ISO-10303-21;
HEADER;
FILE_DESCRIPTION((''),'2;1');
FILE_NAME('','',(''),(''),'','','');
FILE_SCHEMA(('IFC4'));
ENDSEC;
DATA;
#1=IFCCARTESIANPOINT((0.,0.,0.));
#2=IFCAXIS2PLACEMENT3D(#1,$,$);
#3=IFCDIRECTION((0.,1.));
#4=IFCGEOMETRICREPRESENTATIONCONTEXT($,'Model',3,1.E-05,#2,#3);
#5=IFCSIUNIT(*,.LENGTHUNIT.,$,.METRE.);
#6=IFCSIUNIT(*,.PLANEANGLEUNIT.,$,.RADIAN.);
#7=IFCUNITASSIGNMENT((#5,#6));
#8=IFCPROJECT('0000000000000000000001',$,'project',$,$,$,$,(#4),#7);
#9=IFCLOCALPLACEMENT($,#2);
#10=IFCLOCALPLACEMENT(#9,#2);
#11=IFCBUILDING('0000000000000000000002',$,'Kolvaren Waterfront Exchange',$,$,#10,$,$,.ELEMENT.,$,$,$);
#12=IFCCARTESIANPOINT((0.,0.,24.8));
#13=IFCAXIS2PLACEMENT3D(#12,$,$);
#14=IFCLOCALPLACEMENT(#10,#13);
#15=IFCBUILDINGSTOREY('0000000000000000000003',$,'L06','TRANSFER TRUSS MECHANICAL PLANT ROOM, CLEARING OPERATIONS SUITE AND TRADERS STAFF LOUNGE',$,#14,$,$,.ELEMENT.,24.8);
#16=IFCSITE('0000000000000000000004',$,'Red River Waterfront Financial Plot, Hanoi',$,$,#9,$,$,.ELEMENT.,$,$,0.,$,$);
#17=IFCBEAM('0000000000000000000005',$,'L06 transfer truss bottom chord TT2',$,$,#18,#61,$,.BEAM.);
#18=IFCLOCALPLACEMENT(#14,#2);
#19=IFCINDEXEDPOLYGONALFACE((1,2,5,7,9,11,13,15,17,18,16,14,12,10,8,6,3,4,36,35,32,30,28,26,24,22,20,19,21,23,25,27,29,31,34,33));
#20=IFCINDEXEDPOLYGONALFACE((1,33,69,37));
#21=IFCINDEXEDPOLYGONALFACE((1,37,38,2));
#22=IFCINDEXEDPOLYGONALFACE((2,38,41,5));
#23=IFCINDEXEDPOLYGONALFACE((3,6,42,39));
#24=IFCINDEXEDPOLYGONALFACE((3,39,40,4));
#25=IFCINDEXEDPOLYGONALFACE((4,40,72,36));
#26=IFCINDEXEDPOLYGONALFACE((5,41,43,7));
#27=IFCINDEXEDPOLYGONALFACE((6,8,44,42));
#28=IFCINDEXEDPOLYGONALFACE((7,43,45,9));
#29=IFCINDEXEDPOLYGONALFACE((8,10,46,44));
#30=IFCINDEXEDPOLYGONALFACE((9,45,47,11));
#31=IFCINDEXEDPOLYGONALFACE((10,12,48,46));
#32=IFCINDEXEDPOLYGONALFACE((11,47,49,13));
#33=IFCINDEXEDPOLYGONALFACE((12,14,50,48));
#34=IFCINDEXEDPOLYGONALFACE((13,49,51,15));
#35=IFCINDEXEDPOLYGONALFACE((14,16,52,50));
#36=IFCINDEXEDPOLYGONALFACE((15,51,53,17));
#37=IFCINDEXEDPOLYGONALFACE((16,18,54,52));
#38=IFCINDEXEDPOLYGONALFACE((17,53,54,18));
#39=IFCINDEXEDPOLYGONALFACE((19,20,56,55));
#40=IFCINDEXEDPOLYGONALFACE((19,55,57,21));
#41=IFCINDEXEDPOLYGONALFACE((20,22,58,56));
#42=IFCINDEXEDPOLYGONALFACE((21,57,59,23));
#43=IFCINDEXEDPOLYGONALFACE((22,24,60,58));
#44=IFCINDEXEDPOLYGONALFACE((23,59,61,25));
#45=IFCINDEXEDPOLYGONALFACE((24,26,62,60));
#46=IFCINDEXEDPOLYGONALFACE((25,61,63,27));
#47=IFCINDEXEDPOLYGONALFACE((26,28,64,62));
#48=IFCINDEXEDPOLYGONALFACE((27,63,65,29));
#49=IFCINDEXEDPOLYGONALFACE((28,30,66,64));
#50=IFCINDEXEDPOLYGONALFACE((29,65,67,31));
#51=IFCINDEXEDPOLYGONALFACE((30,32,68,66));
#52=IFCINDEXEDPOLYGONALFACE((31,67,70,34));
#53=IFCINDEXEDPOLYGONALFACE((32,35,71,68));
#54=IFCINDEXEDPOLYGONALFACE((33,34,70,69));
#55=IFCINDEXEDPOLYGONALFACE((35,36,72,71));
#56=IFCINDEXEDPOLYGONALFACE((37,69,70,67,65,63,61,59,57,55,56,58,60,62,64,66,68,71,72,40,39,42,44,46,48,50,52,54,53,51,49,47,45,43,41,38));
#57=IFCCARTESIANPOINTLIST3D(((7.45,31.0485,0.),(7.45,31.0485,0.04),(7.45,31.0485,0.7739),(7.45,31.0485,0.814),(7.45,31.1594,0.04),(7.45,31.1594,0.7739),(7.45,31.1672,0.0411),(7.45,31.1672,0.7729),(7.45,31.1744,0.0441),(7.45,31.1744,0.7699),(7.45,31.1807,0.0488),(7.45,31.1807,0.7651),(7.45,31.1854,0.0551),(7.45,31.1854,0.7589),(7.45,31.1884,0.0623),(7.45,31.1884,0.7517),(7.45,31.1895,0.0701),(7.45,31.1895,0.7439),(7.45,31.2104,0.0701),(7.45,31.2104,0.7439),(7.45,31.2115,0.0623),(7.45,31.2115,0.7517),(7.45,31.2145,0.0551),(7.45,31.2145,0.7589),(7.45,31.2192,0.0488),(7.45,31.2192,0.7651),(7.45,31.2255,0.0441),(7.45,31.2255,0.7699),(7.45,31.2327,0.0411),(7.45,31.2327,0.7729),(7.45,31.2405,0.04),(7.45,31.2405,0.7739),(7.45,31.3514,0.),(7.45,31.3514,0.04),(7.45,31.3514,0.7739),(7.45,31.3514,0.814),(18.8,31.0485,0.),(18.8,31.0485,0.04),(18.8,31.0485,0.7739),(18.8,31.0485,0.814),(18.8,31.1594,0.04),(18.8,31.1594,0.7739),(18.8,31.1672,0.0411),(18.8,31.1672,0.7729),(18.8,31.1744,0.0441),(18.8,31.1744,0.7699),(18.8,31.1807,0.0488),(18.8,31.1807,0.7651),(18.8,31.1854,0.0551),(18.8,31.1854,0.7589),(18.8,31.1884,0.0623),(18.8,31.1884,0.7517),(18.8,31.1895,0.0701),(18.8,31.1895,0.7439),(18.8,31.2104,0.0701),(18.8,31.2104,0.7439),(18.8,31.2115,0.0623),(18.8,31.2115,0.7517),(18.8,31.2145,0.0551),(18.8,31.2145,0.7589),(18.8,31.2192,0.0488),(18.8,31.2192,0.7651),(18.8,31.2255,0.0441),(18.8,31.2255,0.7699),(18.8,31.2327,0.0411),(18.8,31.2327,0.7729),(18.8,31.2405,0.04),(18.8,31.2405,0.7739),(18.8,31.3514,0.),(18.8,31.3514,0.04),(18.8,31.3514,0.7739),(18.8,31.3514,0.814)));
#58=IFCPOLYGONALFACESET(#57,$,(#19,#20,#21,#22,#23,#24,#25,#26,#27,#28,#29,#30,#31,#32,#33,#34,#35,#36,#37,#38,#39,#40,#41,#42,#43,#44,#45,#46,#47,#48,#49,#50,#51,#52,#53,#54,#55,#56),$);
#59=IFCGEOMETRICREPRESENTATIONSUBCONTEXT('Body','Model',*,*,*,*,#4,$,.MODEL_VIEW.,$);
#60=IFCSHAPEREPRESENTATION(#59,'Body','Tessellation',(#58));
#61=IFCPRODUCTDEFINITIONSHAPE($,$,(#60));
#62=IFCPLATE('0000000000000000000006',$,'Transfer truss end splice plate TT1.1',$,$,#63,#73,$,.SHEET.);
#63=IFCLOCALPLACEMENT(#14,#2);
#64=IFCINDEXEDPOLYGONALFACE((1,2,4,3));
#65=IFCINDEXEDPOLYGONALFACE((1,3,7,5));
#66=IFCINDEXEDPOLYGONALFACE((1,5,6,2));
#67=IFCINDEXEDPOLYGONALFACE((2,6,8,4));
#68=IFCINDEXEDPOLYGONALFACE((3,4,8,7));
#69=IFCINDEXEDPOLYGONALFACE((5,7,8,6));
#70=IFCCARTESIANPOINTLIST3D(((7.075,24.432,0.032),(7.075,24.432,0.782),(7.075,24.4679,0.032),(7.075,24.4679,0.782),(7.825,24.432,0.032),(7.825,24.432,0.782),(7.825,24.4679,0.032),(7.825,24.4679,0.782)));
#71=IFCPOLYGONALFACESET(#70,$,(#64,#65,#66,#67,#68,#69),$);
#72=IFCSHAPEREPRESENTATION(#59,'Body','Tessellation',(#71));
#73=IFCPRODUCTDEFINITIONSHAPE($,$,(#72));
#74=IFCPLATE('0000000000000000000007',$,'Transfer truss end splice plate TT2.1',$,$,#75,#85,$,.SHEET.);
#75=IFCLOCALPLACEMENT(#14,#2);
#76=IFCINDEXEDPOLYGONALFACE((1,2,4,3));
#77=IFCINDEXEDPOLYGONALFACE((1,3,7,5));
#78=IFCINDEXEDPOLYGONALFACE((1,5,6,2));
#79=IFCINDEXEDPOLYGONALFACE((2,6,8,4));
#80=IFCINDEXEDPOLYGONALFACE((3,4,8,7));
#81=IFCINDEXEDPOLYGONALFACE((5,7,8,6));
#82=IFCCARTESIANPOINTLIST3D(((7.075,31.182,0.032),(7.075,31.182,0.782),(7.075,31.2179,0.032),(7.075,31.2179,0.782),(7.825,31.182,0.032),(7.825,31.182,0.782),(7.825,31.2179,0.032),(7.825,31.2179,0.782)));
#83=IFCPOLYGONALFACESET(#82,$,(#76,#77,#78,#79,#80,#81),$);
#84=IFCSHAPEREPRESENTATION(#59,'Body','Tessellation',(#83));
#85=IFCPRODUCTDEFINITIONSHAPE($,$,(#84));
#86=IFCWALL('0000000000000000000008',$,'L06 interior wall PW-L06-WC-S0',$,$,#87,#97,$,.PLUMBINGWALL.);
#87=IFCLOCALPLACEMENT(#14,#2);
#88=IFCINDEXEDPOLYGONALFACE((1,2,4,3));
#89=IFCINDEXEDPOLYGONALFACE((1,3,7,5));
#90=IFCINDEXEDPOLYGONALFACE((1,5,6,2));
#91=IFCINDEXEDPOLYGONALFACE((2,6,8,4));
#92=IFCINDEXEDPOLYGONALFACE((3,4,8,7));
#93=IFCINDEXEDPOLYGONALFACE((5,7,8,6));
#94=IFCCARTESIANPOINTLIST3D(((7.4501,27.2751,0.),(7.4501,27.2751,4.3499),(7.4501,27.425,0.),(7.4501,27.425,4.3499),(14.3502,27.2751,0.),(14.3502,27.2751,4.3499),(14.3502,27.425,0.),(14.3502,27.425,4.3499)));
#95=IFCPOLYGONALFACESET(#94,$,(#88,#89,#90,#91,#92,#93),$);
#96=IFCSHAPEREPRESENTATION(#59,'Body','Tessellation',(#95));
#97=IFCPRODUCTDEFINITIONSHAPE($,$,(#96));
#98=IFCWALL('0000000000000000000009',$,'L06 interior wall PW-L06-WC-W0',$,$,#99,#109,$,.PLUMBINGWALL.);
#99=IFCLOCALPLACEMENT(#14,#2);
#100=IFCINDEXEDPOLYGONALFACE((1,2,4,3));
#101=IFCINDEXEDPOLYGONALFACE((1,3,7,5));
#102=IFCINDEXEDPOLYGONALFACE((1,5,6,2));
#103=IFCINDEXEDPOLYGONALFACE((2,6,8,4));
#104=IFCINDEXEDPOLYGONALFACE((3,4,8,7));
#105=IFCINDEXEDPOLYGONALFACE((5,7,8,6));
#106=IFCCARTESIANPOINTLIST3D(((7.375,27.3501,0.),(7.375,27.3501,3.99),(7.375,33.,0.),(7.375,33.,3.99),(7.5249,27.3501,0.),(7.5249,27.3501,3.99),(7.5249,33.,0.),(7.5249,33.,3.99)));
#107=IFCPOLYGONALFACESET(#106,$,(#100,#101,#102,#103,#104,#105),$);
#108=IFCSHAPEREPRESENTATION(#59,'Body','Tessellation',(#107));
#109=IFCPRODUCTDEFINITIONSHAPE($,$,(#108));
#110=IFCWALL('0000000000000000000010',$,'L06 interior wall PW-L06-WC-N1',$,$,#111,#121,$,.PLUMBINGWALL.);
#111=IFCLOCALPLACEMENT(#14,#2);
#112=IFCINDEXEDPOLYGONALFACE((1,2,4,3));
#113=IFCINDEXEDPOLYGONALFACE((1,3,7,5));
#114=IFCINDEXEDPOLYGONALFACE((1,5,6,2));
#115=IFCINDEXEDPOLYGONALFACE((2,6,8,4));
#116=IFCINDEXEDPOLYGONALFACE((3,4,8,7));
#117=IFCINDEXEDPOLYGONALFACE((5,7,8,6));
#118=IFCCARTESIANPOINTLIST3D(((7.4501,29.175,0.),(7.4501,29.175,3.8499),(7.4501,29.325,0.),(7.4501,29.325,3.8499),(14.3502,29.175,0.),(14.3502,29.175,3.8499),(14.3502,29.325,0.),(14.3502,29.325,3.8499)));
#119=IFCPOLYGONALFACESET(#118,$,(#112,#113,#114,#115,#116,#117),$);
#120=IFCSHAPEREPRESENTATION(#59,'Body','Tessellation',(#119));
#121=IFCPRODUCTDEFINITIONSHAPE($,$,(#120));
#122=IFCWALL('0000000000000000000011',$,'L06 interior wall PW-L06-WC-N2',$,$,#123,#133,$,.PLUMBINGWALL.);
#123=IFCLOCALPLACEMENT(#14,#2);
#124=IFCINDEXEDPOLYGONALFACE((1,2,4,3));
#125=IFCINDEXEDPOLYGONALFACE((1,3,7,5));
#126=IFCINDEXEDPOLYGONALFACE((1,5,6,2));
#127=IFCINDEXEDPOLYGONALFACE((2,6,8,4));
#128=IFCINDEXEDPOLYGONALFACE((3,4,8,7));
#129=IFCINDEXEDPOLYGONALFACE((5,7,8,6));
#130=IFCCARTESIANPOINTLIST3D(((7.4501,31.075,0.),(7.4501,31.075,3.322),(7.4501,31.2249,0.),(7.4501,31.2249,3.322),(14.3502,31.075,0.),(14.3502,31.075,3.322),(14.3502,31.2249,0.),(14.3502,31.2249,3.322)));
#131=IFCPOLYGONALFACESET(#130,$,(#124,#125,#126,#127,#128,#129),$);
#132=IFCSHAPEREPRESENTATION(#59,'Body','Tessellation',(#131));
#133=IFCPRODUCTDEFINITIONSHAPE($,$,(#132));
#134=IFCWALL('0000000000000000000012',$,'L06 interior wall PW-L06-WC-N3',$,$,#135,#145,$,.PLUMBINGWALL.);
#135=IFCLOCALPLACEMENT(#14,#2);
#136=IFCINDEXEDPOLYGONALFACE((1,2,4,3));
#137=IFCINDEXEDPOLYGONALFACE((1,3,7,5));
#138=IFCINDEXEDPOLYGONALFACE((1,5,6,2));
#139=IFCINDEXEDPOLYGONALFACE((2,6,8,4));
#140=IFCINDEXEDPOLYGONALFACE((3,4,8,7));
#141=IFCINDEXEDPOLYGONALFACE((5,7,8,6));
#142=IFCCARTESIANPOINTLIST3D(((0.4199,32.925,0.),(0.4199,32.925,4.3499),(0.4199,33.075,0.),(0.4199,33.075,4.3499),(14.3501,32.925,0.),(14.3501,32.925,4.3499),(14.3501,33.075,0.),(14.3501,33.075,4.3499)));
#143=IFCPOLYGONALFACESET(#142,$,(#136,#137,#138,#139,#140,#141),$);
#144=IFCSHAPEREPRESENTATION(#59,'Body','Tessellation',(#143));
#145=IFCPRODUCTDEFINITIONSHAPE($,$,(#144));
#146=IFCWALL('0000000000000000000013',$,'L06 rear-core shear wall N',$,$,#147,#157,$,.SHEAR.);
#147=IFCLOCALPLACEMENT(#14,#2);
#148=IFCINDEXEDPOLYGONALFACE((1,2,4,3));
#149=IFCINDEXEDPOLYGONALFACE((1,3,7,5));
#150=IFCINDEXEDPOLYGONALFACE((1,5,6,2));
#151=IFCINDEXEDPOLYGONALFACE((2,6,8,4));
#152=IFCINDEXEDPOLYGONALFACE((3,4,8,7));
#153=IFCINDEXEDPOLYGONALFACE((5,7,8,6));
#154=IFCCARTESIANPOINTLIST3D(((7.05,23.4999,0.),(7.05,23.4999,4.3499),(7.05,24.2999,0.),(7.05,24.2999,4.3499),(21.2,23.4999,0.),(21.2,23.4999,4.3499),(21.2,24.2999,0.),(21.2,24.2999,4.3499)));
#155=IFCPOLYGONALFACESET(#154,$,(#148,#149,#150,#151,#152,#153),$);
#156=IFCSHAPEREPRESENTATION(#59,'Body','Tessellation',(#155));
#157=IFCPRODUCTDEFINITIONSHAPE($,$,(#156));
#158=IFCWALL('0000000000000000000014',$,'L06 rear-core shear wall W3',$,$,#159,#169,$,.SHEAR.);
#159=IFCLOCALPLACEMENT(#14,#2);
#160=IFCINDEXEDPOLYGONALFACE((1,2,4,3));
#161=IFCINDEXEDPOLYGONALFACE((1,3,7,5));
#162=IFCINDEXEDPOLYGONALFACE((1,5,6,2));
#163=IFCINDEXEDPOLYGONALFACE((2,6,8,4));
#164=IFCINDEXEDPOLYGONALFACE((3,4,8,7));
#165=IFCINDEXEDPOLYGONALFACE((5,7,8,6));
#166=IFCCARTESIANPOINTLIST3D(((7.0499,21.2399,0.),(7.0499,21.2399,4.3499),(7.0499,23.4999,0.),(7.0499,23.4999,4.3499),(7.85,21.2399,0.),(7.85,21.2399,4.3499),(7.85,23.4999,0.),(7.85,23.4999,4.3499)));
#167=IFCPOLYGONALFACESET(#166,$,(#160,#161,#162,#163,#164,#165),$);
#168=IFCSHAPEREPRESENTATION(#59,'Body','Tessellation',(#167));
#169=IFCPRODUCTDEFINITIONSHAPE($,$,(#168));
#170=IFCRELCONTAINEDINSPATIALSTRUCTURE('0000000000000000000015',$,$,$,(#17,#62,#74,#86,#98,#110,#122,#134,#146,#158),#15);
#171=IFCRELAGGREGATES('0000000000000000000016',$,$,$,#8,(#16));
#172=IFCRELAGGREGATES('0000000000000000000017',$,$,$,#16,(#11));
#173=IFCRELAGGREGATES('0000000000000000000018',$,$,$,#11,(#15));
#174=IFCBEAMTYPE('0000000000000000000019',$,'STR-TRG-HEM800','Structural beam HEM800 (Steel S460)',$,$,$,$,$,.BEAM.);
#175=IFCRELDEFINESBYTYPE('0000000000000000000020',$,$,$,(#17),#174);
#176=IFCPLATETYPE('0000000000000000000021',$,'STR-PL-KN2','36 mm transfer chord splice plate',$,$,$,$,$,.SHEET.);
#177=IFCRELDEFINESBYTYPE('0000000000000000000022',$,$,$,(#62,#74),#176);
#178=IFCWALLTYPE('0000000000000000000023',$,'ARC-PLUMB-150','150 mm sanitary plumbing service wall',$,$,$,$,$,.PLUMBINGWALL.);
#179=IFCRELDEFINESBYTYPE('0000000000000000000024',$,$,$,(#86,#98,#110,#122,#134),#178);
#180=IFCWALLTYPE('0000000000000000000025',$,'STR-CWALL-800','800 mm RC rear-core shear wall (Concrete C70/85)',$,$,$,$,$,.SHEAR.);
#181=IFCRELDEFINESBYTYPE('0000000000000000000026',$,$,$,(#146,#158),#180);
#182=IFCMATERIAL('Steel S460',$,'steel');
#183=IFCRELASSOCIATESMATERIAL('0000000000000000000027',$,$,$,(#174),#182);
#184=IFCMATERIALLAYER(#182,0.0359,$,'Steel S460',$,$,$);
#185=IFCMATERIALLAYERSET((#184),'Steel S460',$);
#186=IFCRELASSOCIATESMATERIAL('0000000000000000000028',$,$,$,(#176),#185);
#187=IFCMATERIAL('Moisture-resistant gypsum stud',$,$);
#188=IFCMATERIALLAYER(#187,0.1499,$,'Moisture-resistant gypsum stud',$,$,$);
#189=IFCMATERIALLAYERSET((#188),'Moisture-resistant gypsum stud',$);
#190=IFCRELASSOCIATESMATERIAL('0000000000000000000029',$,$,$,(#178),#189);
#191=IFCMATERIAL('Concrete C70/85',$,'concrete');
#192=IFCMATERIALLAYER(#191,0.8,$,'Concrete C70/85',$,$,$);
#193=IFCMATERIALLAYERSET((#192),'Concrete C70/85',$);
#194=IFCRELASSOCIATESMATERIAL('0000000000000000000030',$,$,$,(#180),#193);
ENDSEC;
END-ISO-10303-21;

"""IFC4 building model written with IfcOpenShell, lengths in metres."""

from ifc_helpers import new_model, si_unit, direction, frame, frame_2d, origin, origin_with_axes, origin_2d, place, context, subcontext, project, spatial, rectangle, i_section, extrude, source, transform, mapped, material, layer, layer_set, material_profile, profile_set, type_object, element, save


model = new_model("IFC4")

# Units and contexts
model_context = context("Model", 3, precision=1e-05, world=origin(), true_north=direction((0.0, 1.0)))
body_context = subcontext(model_context, "Body", "Model", "MODEL_VIEW")
ifc_project = project(units=[si_unit("LENGTHUNIT", "METRE"), si_unit("PLANEANGLEUNIT", "RADIAN")], contexts=[model_context])

# Site, building, storey
site_placement = place(None, origin())
site = spatial("IfcSite", under=ifc_project, at=site_placement, Name="Red River Waterfront Financial Plot, Hanoi", CompositionType="ELEMENT", RefElevation=0.0)
building_placement = place(site_placement, origin())
building = spatial("IfcBuilding", under=site, at=building_placement, Name="Kolvaren Waterfront Exchange", CompositionType="ELEMENT")
storey_placement = place(building_placement, frame((0.0, 0.0, 24.8)))
storey = spatial("IfcBuildingStorey", under=building, at=storey_placement, Name="L06", Description="TRANSFER TRUSS MECHANICAL PLANT ROOM, CLEARING OPERATIONS SUITE AND TRADERS STAFF LOUNGE", CompositionType="ELEMENT", Elevation=24.8)

# Shared definitions
ifc_material_1 = material(Name="Concrete C70/85", Category="concrete")

# Shared definitions
ifc_material_2 = material(Name="Steel S460", Category="steel")

# Beam
ifc_material_profile_1 = material_profile(ifc_material_2, i_section(OverallWidth=0.303, OverallDepth=0.814, WebThickness=0.021, FlangeThickness=0.04, FilletRadius=0.03, at=origin_2d()), Name="HEM800")
ifc_profile_set_1 = profile_set([ifc_material_profile_1], Name="Steel S460")
beam_type_1 = type_object("IfcBeamType", Name="STR-TRG-HEM800", Description="Structural beam HEM800 (Steel S460)", PredefinedType="BEAM", material=ifc_profile_set_1)
for number, where, z_axis, x_axis, name in (
    (1, (7.45, 31.2, 0.407), (1.0, 0.0, 0.0), (0.0, 1.0, 0.0), "L06 transfer truss bottom chord TT2"),
):
    element("IfcBeam", number, at=place(storey_placement, frame(where, z_axis=z_axis, x_axis=x_axis)), inside=storey, type_object=beam_type_1, Name=name, PredefinedType="BEAM", context=body_context, shape_type="SweptSolid", body=[
        extrude(i_section(OverallWidth=0.303, OverallDepth=0.814, WebThickness=0.021, FlangeThickness=0.04, FilletRadius=0.03, at=origin_2d()), origin(), (0.0, 0.0, 1.0), 11.3501),
    ])

# Plates
ifc_layer_1 = layer(ifc_material_2, 0.0359, Name="Steel S460")
ifc_layer_set_1 = layer_set([ifc_layer_1], Name="Steel S460")
plate_type = type_object("IfcPlateType", Name="STR-PL-KN2", Description="36 mm transfer chord splice plate", PredefinedType="SHEET", material=ifc_layer_set_1)
shared_shape = source(origin_with_axes(), body_context, "Body", "SweptSolid", [
    extrude(rectangle(XDim=0.75, YDim=0.0359, at=origin_2d()), origin(), (0.0, 0.0, 1.0), 0.75),
])
for number, where, z_axis, x_axis, name in (
    (2, (7.45, 24.45, 0.032), (0.0, 0.0, 1.0), (1.0, 0.0, 0.0), "Transfer truss end splice plate TT1.1"),
    (3, (7.45, 31.2, 0.032), (0.0, 0.0, 1.0), (1.0, 0.0, 0.0), "Transfer truss end splice plate TT2.1"),
):
    element("IfcPlate", number, at=place(storey_placement, frame(where, z_axis=z_axis, x_axis=x_axis)), inside=storey, type_object=plate_type, Name=name, PredefinedType="SHEET", context=body_context, shape_type="MappedRepresentation", body=[
        mapped(shared_shape, transform((0.0, 0.0, 0.0), x_axis=(1.0, 0.0, 0.0), y_axis=(0.0, 1.0, 0.0), z_axis=(0.0, 0.0, 1.0), scale=1.0)),
    ])

# Walls
ifc_material_3 = material(Name="Moisture-resistant gypsum stud")
ifc_layer_2 = layer(ifc_material_3, 0.1499, Name="Moisture-resistant gypsum stud")
ifc_layer_set_2 = layer_set([ifc_layer_2], Name="Moisture-resistant gypsum stud")
wall_type_1 = type_object("IfcWallType", Name="ARC-PLUMB-150", Description="150 mm sanitary plumbing service wall", PredefinedType="PLUMBINGWALL", material=ifc_layer_set_2)
wall_1_placement = place(storey_placement, frame((7.45, 27.3501, 0.0), z_axis=(0.0, 0.0, 1.0), x_axis=(1.0, 0.0, 0.0)))
element("IfcWall", 4, at=wall_1_placement, inside=storey, type_object=wall_type_1, Name="L06 interior wall PW-L06-WC-S0", PredefinedType="PLUMBINGWALL", context=body_context, shape_type="SweptSolid", body=[
    extrude(rectangle(XDim=6.9001, YDim=0.1499, at=frame_2d((3.4502, 0.0))), origin(), (0.0, 0.0, 1.0), 4.3499),
])
wall_2_placement = place(storey_placement, frame((7.45, 27.3501, 0.0), z_axis=(0.0, 0.0, 1.0), x_axis=(0.0, 1.0, 0.0)))
element("IfcWall", 5, at=wall_2_placement, inside=storey, type_object=wall_type_1, Name="L06 interior wall PW-L06-WC-W0", PredefinedType="PLUMBINGWALL", context=body_context, shape_type="SweptSolid", body=[
    extrude(rectangle(XDim=5.6499, YDim=0.1499, at=frame_2d((2.825, 0.0))), origin(), (0.0, 0.0, 1.0), 3.99),
])
wall_3_placement = place(storey_placement, frame((7.45, 29.25, 0.0), z_axis=(0.0, 0.0, 1.0), x_axis=(1.0, 0.0, 0.0)))
element("IfcWall", 6, at=wall_3_placement, inside=storey, type_object=wall_type_1, Name="L06 interior wall PW-L06-WC-N1", PredefinedType="PLUMBINGWALL", context=body_context, shape_type="SweptSolid", body=[
    extrude(rectangle(XDim=6.9001, YDim=0.1499, at=frame_2d((3.4502, 0.0))), origin(), (0.0, 0.0, 1.0), 3.8499),
])
wall_4_placement = place(storey_placement, frame((7.45, 31.1499, 0.0), z_axis=(0.0, 0.0, 1.0), x_axis=(1.0, 0.0, 0.0)))
element("IfcWall", 7, at=wall_4_placement, inside=storey, type_object=wall_type_1, Name="L06 interior wall PW-L06-WC-N2", PredefinedType="PLUMBINGWALL", context=body_context, shape_type="SweptSolid", body=[
    extrude(rectangle(XDim=6.9001, YDim=0.1499, at=frame_2d((3.4502, 0.0))), origin(), (0.0, 0.0, 1.0), 3.322),
])
wall_5_placement = place(storey_placement, frame((0.4199, 33.0, 0.0), z_axis=(0.0, 0.0, 1.0), x_axis=(1.0, 0.0, 0.0)))
element("IfcWall", 8, at=wall_5_placement, inside=storey, type_object=wall_type_1, Name="L06 interior wall PW-L06-WC-N3", PredefinedType="PLUMBINGWALL", context=body_context, shape_type="SweptSolid", body=[
    extrude(rectangle(XDim=13.9302, YDim=0.1499, at=frame_2d((6.9651, 0.0))), origin(), (0.0, 0.0, 1.0), 4.3499),
])
ifc_layer_3 = layer(ifc_material_1, 0.8, Name="Concrete C70/85")
ifc_layer_set_3 = layer_set([ifc_layer_3], Name="Concrete C70/85")
wall_type_2 = type_object("IfcWallType", Name="STR-CWALL-800", Description="800 mm RC rear-core shear wall (Concrete C70/85)", PredefinedType="SHEAR", material=ifc_layer_set_3)
wall_6_placement = place(storey_placement, frame((7.05, 23.8999, 0.0), z_axis=(0.0, 0.0, 1.0), x_axis=(1.0, 0.0, 0.0)))
element("IfcWall", 9, at=wall_6_placement, inside=storey, type_object=wall_type_2, Name="L06 rear-core shear wall N", PredefinedType="SHEAR", context=body_context, shape_type="SweptSolid", body=[
    extrude(rectangle(XDim=14.1499, YDim=0.8, at=frame_2d((7.075, 0.0))), origin(), (0.0, 0.0, 1.0), 4.3499),
])
wall_7_placement = place(storey_placement, frame((7.45, 21.24, 0.0), z_axis=(0.0, 0.0, 1.0), x_axis=(0.0, 1.0, 0.0)))
element("IfcWall", 10, at=wall_7_placement, inside=storey, type_object=wall_type_2, Name="L06 rear-core shear wall W3", PredefinedType="SHEAR", context=body_context, shape_type="SweptSolid", body=[
    extrude(rectangle(XDim=2.26, YDim=0.8, at=frame_2d((1.1299, 0.0))), origin(), (0.0, 0.0, 1.0), 4.3499),
])

save(model, "model.ifc")
